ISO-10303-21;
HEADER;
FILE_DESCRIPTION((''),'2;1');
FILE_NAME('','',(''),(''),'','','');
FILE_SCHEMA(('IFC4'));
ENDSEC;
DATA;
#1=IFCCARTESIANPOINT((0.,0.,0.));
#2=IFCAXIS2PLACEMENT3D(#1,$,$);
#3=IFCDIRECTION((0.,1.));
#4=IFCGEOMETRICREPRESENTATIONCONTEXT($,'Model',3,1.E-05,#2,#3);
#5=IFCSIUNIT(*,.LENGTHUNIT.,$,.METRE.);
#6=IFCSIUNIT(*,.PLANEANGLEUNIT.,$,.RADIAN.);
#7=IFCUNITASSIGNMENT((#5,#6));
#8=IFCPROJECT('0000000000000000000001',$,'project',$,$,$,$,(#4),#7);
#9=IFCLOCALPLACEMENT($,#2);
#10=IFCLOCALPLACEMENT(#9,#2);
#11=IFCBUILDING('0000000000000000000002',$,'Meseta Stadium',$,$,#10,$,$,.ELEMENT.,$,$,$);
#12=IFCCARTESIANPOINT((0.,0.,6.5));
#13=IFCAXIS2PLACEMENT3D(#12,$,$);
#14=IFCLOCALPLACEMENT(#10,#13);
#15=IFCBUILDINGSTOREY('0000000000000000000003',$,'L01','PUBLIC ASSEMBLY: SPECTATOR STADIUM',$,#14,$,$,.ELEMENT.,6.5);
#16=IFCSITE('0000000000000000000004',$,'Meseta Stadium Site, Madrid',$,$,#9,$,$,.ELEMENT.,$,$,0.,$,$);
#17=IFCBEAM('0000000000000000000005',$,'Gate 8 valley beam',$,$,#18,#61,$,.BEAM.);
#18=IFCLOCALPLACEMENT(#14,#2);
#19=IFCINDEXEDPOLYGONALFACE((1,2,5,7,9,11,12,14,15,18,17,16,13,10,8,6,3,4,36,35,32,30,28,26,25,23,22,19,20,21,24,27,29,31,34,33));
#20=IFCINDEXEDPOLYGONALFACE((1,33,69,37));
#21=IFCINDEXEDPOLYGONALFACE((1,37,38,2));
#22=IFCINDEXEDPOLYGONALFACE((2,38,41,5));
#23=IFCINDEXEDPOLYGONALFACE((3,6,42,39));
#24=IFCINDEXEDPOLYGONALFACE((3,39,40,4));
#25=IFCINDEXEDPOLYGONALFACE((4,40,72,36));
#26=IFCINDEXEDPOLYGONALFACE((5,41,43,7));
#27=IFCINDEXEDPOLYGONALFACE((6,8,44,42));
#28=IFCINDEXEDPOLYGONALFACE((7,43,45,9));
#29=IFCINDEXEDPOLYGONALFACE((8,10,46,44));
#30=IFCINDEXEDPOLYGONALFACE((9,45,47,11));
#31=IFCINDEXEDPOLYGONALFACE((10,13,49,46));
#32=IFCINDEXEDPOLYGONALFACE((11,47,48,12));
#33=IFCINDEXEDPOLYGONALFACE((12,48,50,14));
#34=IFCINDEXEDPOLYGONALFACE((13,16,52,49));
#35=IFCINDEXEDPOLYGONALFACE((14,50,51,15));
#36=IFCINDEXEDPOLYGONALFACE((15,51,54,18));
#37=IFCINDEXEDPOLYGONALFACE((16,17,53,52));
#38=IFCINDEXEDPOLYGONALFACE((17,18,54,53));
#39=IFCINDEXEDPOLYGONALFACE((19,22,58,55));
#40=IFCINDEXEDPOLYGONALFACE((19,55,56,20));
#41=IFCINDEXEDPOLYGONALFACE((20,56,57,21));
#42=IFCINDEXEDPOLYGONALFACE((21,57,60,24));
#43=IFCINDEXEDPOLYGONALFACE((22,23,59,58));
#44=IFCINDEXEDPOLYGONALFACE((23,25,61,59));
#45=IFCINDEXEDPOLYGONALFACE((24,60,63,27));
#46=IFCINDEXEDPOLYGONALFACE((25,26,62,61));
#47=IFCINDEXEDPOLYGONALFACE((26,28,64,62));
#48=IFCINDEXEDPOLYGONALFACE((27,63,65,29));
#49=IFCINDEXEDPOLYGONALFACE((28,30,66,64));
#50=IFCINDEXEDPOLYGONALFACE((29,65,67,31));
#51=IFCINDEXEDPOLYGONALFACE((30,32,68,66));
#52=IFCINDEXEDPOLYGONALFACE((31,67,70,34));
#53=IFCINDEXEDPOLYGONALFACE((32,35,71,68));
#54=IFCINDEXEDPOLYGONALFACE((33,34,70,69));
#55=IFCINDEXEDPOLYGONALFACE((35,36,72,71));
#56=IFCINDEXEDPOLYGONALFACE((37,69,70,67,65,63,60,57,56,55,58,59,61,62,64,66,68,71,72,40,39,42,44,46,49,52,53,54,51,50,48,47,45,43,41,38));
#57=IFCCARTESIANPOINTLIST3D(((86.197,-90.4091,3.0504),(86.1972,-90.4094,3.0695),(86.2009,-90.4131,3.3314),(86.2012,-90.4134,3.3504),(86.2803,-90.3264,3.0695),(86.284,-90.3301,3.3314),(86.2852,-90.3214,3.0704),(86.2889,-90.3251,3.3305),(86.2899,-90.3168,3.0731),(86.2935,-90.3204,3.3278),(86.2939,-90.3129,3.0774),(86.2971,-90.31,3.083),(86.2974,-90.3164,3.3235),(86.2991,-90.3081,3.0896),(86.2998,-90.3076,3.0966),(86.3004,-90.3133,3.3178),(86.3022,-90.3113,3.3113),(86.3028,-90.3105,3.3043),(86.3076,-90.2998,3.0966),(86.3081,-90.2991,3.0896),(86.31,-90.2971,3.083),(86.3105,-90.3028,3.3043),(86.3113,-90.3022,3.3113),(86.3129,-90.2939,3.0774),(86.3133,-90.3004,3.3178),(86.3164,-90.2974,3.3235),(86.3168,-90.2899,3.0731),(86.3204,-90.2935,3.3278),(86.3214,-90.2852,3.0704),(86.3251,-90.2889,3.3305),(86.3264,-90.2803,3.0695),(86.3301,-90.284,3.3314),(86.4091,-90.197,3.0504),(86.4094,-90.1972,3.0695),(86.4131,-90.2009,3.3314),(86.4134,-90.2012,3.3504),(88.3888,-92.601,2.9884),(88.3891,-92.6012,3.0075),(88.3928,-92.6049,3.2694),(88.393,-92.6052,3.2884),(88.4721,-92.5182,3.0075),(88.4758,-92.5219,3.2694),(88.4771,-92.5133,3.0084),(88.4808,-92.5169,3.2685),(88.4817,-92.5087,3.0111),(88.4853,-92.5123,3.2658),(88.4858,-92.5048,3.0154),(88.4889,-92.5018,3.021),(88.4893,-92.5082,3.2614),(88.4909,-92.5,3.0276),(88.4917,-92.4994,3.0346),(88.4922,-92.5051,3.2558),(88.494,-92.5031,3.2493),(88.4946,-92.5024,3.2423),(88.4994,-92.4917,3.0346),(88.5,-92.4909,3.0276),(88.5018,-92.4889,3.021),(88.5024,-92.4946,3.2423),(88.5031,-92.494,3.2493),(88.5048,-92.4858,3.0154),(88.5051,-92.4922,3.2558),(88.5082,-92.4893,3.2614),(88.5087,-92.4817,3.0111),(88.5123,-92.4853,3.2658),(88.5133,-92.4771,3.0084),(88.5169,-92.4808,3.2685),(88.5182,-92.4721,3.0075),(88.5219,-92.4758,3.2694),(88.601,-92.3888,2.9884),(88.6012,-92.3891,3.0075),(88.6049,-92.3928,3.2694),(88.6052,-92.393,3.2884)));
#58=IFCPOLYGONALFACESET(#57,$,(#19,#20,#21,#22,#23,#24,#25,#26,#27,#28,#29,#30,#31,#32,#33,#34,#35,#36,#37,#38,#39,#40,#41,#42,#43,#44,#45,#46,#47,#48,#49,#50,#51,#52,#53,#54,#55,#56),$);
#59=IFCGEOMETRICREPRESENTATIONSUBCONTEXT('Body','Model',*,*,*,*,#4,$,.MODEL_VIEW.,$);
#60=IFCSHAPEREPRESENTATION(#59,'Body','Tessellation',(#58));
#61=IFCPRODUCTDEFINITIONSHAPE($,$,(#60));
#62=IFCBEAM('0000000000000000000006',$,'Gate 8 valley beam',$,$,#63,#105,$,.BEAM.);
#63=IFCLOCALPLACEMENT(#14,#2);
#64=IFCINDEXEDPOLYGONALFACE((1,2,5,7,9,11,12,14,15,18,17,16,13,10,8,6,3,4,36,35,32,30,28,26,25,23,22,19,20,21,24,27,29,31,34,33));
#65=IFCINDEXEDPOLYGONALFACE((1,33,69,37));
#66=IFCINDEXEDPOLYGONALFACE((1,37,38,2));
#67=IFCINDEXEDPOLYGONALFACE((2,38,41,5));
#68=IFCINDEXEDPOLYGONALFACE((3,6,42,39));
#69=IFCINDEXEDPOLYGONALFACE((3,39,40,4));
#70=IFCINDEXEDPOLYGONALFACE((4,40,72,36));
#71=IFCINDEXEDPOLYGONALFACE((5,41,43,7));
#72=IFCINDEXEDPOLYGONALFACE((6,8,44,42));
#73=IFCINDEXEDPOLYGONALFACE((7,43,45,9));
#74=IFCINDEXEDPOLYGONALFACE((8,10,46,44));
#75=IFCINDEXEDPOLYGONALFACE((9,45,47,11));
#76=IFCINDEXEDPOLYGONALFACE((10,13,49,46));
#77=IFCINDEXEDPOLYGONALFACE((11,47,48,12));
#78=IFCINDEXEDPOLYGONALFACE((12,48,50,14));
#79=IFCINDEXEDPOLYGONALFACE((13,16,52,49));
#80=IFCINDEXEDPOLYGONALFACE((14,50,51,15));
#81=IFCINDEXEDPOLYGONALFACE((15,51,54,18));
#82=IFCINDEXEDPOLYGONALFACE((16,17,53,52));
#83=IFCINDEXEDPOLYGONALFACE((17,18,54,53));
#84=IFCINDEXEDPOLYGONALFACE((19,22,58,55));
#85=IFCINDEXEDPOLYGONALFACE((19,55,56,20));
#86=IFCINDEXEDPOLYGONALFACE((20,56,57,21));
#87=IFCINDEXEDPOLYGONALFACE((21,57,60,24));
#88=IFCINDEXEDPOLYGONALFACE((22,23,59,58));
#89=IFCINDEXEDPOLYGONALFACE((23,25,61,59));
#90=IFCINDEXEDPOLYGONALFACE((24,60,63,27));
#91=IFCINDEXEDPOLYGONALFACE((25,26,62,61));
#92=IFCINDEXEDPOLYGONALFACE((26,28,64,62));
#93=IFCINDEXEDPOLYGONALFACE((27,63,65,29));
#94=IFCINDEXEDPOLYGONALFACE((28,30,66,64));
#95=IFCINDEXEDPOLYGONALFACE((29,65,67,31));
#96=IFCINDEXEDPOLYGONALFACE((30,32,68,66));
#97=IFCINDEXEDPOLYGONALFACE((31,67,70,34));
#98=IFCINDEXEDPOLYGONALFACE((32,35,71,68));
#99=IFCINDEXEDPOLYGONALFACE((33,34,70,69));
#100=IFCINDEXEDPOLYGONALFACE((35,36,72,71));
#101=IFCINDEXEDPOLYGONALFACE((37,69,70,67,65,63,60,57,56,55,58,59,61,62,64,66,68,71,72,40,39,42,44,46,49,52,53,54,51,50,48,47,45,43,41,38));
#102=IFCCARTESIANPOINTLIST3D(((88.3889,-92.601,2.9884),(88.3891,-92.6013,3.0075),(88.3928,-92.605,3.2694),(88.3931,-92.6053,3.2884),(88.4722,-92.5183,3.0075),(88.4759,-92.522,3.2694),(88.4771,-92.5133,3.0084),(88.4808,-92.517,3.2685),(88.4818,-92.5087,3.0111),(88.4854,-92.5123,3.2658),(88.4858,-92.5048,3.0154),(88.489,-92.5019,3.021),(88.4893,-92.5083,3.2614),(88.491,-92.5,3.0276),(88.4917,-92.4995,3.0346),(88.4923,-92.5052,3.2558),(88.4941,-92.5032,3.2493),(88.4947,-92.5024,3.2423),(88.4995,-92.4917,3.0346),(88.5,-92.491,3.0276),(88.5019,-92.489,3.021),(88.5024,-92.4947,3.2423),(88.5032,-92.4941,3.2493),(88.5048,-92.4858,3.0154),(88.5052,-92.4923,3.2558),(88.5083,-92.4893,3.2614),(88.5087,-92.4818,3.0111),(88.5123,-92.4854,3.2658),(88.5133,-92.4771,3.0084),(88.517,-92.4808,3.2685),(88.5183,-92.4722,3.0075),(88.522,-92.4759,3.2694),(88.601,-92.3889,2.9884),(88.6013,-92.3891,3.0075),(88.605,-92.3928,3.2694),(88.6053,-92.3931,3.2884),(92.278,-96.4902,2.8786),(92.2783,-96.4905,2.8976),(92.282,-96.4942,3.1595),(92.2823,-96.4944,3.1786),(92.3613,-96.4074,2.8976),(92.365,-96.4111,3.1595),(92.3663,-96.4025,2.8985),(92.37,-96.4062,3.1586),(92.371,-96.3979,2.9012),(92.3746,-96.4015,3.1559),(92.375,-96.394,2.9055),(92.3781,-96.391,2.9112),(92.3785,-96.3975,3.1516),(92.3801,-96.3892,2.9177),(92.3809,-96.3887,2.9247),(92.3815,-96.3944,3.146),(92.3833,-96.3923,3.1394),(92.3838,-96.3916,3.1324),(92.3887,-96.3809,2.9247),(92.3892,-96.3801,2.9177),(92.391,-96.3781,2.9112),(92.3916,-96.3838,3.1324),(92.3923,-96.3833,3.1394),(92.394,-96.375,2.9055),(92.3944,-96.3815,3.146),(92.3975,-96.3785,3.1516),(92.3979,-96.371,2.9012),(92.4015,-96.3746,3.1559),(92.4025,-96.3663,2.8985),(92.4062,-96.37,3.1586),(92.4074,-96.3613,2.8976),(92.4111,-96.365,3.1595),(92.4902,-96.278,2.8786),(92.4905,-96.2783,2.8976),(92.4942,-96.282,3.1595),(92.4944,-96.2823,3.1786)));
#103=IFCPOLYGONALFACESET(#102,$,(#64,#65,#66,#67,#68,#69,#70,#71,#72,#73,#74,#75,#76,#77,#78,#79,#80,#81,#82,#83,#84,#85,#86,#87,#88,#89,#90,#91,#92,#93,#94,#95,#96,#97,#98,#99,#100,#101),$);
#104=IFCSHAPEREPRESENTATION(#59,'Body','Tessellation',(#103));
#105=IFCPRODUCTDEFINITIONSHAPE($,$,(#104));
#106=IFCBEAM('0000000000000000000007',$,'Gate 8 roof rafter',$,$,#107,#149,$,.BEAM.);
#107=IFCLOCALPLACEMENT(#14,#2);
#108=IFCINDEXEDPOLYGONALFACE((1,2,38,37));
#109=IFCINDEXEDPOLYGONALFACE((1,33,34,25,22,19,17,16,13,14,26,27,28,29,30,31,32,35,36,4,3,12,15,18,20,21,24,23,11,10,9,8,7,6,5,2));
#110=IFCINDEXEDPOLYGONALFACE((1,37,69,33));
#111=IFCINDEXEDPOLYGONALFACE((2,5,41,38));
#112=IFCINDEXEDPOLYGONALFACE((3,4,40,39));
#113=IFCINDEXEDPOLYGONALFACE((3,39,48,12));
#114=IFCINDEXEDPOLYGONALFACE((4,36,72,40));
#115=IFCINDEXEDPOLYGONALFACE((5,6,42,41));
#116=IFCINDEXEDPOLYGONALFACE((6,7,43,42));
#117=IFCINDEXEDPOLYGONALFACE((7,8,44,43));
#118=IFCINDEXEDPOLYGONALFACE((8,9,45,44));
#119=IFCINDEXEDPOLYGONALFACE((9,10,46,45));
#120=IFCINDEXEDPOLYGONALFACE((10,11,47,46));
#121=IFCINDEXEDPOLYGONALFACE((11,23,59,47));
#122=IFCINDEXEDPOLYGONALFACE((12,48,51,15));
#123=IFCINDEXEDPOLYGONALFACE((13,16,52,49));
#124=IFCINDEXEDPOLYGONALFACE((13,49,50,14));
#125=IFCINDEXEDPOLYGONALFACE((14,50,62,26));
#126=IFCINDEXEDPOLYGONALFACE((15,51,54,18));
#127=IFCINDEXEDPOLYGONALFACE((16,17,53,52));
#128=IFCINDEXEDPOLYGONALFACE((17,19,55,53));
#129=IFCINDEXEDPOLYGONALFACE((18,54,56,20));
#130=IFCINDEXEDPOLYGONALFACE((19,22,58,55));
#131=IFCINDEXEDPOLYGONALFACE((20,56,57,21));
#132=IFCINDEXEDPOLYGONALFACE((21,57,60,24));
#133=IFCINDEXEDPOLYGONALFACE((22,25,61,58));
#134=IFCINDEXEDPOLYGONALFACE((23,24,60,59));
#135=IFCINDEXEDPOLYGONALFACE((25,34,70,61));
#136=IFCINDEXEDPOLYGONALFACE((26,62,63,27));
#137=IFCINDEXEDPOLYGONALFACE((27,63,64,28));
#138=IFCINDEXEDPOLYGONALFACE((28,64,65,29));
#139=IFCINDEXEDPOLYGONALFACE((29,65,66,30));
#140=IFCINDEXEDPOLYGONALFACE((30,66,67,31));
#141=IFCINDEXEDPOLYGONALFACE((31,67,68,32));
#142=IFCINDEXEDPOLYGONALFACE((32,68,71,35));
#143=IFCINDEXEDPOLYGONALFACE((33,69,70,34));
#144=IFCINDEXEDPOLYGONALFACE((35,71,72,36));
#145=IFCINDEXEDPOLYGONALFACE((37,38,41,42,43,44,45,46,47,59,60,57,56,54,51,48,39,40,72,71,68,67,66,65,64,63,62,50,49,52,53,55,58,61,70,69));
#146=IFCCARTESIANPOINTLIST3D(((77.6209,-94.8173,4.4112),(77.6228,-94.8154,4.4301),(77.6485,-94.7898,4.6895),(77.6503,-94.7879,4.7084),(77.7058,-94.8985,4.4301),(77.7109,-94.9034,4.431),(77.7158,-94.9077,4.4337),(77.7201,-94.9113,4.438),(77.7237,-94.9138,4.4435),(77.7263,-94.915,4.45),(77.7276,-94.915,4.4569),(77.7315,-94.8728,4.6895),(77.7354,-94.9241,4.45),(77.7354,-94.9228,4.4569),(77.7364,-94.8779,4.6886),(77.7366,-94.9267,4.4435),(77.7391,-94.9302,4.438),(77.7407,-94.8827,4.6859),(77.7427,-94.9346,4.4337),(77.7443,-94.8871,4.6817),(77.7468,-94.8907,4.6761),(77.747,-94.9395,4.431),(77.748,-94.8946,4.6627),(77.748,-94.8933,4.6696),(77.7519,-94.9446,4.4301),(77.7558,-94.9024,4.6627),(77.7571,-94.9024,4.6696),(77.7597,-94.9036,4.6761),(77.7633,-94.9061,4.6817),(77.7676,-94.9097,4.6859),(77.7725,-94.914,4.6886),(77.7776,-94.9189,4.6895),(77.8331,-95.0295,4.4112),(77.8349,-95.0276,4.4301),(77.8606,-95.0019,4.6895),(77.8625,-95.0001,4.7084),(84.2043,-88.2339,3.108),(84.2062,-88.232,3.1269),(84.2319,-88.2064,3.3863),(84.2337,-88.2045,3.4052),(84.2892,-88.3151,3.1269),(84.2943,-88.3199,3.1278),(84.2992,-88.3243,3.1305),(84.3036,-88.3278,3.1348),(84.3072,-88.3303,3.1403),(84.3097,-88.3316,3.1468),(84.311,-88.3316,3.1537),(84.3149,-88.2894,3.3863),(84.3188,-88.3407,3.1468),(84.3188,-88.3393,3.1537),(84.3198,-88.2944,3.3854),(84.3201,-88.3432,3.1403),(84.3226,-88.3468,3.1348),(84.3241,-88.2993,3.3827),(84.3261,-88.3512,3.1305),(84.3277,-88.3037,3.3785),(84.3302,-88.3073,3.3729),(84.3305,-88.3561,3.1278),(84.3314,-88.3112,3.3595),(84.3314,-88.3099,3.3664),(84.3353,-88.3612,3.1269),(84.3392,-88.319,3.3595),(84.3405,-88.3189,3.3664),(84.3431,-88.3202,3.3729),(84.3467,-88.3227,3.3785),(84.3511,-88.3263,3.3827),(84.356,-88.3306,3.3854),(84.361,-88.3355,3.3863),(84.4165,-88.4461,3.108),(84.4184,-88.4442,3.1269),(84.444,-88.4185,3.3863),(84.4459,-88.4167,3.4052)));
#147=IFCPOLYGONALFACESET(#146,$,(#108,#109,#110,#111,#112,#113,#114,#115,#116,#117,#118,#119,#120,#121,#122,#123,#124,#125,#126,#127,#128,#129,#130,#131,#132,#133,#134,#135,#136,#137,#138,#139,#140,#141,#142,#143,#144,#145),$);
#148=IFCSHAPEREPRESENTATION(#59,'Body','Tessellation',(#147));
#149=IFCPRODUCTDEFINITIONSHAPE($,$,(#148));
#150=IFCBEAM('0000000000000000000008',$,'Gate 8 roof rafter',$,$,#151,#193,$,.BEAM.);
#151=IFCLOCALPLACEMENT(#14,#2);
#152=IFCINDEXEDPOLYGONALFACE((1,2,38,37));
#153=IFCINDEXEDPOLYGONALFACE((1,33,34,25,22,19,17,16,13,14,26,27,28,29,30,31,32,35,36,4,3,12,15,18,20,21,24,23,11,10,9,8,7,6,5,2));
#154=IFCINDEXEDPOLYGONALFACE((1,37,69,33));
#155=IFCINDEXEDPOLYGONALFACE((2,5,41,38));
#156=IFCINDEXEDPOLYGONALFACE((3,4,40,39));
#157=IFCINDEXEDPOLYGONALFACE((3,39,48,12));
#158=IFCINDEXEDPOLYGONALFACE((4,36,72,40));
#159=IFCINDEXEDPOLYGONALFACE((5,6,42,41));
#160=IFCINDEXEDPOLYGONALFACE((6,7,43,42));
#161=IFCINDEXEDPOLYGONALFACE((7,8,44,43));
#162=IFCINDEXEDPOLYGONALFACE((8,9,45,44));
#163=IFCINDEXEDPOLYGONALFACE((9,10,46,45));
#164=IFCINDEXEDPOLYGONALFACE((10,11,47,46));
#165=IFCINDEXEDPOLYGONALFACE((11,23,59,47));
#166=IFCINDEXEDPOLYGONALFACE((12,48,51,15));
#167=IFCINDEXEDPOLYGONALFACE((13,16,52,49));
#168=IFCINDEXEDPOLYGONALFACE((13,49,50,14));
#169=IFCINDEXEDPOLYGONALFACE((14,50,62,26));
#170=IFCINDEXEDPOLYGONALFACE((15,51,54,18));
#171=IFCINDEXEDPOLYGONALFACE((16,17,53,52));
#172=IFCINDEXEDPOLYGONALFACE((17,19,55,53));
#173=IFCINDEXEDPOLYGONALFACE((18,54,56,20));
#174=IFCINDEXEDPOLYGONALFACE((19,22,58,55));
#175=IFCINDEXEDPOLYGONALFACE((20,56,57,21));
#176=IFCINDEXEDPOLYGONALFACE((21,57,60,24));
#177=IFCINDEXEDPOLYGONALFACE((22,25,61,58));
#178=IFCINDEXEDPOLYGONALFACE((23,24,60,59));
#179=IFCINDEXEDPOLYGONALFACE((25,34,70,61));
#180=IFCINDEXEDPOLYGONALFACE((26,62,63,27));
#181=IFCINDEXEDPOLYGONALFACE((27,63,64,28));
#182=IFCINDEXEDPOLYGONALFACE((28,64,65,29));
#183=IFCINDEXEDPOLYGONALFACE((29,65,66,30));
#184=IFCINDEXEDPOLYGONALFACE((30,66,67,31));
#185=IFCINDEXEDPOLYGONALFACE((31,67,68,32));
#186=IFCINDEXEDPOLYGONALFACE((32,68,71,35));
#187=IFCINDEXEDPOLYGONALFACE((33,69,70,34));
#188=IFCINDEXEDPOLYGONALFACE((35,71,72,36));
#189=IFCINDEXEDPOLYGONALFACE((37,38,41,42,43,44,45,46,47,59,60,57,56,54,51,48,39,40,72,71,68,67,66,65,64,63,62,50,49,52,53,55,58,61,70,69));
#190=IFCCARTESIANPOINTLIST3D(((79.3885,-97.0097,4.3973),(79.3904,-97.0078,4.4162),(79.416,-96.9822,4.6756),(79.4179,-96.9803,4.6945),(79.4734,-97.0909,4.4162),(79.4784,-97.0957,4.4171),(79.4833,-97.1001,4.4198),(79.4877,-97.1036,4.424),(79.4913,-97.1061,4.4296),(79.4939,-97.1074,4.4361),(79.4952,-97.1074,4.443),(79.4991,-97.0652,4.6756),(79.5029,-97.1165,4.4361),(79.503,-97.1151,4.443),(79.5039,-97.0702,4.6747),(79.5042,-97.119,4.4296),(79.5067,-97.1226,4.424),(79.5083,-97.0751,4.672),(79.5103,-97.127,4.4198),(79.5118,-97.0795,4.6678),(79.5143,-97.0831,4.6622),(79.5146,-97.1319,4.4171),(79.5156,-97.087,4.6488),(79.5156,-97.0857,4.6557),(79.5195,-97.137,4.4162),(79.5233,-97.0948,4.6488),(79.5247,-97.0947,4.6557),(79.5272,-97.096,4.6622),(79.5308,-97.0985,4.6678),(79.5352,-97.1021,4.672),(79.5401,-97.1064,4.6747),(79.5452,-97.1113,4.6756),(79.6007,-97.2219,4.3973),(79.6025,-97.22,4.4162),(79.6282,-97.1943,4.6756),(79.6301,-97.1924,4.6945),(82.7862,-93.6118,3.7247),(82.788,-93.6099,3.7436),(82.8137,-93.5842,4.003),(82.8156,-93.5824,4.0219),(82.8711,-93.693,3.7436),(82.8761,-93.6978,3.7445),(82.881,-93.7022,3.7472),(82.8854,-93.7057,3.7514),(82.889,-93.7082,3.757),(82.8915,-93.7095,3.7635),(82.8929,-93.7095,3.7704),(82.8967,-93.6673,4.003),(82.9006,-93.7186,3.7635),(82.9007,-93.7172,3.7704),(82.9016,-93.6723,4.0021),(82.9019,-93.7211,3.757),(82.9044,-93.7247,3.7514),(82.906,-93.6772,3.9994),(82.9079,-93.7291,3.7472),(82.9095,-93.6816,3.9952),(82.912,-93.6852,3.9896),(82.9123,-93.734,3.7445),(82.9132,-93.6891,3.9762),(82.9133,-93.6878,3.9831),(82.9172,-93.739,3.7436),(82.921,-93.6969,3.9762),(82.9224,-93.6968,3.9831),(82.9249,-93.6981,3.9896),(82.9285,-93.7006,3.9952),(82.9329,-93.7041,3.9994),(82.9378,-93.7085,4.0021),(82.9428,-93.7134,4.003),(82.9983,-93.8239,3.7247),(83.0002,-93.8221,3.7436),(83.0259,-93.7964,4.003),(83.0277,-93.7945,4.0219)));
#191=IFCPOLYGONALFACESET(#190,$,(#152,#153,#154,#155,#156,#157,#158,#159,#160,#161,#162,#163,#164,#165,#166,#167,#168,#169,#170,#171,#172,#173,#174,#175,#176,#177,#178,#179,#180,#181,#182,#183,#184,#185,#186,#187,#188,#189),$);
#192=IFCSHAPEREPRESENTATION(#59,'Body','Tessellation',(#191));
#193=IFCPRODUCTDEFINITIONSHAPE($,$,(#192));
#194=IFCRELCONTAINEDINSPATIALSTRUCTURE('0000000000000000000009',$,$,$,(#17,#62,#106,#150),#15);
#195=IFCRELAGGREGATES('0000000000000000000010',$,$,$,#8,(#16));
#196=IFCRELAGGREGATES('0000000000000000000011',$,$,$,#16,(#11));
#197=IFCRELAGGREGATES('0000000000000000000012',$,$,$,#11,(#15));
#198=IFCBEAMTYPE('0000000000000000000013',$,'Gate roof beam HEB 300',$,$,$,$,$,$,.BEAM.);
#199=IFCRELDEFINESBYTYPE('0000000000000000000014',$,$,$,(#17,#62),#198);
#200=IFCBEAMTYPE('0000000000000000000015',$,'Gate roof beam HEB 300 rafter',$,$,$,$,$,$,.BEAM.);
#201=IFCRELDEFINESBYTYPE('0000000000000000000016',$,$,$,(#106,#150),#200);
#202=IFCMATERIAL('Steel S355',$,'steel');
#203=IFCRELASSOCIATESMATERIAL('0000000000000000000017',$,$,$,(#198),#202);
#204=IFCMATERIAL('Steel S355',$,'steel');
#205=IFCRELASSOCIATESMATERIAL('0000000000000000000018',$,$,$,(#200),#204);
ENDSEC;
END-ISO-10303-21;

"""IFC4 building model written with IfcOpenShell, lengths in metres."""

from ifc_helpers import new_model, si_unit, direction, frame, origin, origin_2d, place, context, subcontext, project, spatial, i_section, extrude, material, material_profile, profile_set, type_object, element, save


model = new_model("IFC4")

# Units and contexts
model_context = context("Model", 3, precision=1e-05, world=origin(), true_north=direction((0.0, 1.0)))
body_context = subcontext(model_context, "Body", "Model", "MODEL_VIEW")
ifc_project = project(units=[si_unit("LENGTHUNIT", "METRE"), si_unit("PLANEANGLEUNIT", "RADIAN")], contexts=[model_context])

# Site, building, storey
site_placement = place(None, origin())
site = spatial("IfcSite", under=ifc_project, at=site_placement, Name="Meseta Stadium Site, Madrid", CompositionType="ELEMENT", RefElevation=0.0)
building_placement = place(site_placement, origin())
building = spatial("IfcBuilding", under=site, at=building_placement, Name="Meseta Stadium", CompositionType="ELEMENT")
storey_placement = place(building_placement, frame((0.0, 0.0, 6.5)))
storey = spatial("IfcBuildingStorey", under=building, at=storey_placement, Name="L01", Description="PUBLIC ASSEMBLY: SPECTATOR STADIUM", CompositionType="ELEMENT", Elevation=6.5)

# Beams
ifc_material_1 = material(Name="Steel S355", Category="steel")
ifc_material_profile_1 = material_profile(ifc_material_1, i_section(OverallWidth=0.3, OverallDepth=0.3, WebThickness=0.011, FlangeThickness=0.019, FilletRadius=0.0271, at=origin_2d()), Name="HEB 300")
ifc_profile_set_1 = profile_set([ifc_material_profile_1], Name="Steel S355")
beam_type_1 = type_object("IfcBeamType", Name="Gate roof beam HEB 300", PredefinedType="BEAM", material=ifc_profile_set_1)
beam_1_placement = place(storey_placement, frame((86.3052, -90.3052, 3.2004), z_axis=(0.706965, -0.706965, -0.020001), x_axis=(0.707107, 0.707107, 0.0)))
element("IfcBeam", 1, at=beam_1_placement, inside=storey, type_object=beam_type_1, Name="Gate 8 valley beam", PredefinedType="BEAM", context=body_context, shape_type="SweptSolid", body=[
    extrude(i_section(OverallWidth=0.3, OverallDepth=0.3, WebThickness=0.011, FlangeThickness=0.019, FilletRadius=0.0271, at=origin_2d()), origin(), (0.0, 0.0, 1.0), 3.1003),
])
beam_2_placement = place(storey_placement, frame((88.4971, -92.4971, 3.1384), z_axis=(0.706966, -0.706966, -0.019971), x_axis=(0.707107, 0.707107, 0.0)))
element("IfcBeam", 2, at=beam_2_placement, inside=storey, type_object=beam_type_1, Name="Gate 8 valley beam", PredefinedType="BEAM", context=body_context, shape_type="SweptSolid", body=[
    extrude(i_section(OverallWidth=0.3, OverallDepth=0.3, WebThickness=0.011, FlangeThickness=0.019, FilletRadius=0.0271, at=origin_2d()), origin(), (0.0, 0.0, 1.0), 5.5012),
])
ifc_material_2 = material(Name="Steel S355", Category="steel")
ifc_material_profile_2 = material_profile(ifc_material_2, i_section(OverallWidth=0.3, OverallDepth=0.3, WebThickness=0.011, FlangeThickness=0.019, FilletRadius=0.0271, at=origin_2d()), Name="HEB 300")
ifc_profile_set_2 = profile_set([ifc_material_profile_2], Name="Steel S355")
beam_type_2 = type_object("IfcBeamType", Name="Gate roof beam HEB 300 rafter", PredefinedType="BEAM", material=ifc_profile_set_2)
beam_3_placement = place(storey_placement, frame((77.7417, -94.9087, 4.5598), z_axis=(0.70028, 0.70028, -0.138622), x_axis=(-0.707107, 0.707107, 0.0)))
element("IfcBeam", 3, at=beam_3_placement, inside=storey, type_object=beam_type_2, Name="Gate 8 roof rafter", PredefinedType="BEAM", context=body_context, shape_type="SweptSolid", body=[
    extrude(i_section(OverallWidth=0.3, OverallDepth=0.3, WebThickness=0.011, FlangeThickness=0.019, FilletRadius=0.0271, at=origin_2d()), origin(), (0.0, 0.0, 1.0), 9.4011),
])
beam_4_placement = place(storey_placement, frame((79.5093, -97.1011, 4.5459), z_axis=(0.700255, 0.700305, -0.138622), x_axis=(-0.707132, 0.707081, 0.0)))
element("IfcBeam", 4, at=beam_4_placement, inside=storey, type_object=beam_type_2, Name="Gate 8 roof rafter", PredefinedType="BEAM", context=body_context, shape_type="SweptSolid", body=[
    extrude(i_section(OverallWidth=0.3, OverallDepth=0.3, WebThickness=0.011, FlangeThickness=0.019, FilletRadius=0.0271, at=origin_2d()), origin(), (0.0, 0.0, 1.0), 4.8521),
])

save(model, "model.ifc")
